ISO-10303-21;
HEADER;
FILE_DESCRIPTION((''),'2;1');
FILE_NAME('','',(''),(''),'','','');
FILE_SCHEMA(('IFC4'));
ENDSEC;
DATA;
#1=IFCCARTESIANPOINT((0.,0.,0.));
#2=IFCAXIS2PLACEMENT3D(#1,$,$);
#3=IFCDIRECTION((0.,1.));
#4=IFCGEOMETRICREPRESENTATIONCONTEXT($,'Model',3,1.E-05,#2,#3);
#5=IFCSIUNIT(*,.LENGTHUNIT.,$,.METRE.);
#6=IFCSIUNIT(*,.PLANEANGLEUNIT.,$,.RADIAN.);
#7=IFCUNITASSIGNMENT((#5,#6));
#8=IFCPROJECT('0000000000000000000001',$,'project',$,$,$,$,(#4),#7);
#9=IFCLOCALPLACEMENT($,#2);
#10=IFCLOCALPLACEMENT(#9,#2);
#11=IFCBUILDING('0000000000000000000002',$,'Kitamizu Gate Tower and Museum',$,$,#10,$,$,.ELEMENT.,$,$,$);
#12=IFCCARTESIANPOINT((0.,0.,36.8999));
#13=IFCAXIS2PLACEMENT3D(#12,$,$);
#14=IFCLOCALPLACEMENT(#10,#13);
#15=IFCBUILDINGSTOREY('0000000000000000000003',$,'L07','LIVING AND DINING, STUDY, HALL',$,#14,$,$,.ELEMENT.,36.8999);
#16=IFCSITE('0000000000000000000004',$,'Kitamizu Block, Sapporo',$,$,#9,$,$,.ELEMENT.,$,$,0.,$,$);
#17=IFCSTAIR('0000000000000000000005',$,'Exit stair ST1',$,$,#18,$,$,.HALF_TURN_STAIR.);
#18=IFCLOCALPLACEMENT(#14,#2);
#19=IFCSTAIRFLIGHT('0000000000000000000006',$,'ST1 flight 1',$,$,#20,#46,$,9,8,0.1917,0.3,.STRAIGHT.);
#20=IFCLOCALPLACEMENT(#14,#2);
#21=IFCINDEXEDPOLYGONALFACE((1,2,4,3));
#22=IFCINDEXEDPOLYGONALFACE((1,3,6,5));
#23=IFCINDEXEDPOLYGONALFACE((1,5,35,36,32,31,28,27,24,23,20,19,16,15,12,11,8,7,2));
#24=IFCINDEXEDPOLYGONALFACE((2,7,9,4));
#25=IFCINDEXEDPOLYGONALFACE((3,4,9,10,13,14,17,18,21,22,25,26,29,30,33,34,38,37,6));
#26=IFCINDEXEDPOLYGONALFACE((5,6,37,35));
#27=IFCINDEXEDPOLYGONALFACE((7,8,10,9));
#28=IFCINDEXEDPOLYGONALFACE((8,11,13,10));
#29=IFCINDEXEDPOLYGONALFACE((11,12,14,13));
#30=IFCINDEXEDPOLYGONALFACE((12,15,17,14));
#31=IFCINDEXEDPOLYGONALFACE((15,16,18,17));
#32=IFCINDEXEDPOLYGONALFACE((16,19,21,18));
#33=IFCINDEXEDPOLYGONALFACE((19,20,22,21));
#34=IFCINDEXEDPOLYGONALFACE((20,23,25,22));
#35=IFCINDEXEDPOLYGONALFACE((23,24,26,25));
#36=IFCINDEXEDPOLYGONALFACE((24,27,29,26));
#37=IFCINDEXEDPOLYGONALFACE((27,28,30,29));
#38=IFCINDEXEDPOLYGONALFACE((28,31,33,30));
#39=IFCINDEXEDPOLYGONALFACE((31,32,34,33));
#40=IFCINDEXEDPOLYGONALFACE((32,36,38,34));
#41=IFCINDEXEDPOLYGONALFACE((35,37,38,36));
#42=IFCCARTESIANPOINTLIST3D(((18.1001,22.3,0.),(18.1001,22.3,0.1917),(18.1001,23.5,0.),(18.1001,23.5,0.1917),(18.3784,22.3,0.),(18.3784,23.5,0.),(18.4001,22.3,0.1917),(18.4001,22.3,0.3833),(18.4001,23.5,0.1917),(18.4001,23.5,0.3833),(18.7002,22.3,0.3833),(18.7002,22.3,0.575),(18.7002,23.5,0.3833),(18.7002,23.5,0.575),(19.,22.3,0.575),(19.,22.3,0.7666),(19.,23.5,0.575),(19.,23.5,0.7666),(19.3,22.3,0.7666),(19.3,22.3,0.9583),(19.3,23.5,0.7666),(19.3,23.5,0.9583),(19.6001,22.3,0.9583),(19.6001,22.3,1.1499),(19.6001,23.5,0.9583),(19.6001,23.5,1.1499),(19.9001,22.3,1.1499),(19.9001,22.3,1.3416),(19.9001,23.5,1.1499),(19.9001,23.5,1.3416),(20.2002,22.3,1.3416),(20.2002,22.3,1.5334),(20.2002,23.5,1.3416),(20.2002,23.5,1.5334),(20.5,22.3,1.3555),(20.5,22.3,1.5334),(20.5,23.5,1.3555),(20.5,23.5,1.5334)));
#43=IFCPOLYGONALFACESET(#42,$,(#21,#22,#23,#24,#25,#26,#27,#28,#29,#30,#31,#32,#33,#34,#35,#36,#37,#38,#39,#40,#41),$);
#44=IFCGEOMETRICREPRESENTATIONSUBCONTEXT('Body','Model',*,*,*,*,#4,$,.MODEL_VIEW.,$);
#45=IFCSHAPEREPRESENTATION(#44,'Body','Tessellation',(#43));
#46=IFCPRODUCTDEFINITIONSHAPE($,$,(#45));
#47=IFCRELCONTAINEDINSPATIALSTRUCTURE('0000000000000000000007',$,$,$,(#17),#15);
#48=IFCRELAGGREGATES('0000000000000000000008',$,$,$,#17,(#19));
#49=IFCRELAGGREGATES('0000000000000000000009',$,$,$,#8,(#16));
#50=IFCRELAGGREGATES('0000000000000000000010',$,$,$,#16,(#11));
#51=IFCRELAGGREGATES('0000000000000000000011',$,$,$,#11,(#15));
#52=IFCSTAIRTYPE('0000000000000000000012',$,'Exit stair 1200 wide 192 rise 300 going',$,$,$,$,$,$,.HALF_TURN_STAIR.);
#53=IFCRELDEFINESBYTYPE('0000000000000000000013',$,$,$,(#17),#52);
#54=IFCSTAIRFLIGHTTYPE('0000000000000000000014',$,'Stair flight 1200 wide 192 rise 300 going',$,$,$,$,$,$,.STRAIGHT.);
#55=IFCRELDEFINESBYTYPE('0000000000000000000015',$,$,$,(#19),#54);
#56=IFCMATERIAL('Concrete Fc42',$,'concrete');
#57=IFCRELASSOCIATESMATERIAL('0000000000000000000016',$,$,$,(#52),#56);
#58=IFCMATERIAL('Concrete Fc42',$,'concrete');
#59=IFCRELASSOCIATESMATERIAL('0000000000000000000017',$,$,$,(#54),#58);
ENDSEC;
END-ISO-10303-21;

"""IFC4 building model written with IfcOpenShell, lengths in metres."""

from ifc_helpers import new_model, si_unit, direction, frame, origin, place, context, subcontext, project, spatial, polyline, outline, extrude, material, type_object, element, aggregate, save


model = new_model("IFC4")

# Units and contexts
model_context = context("Model", 3, precision=1e-05, world=origin(), true_north=direction((0.0, 1.0)))
body_context = subcontext(model_context, "Body", "Model", "MODEL_VIEW")
ifc_project = project(units=[si_unit("LENGTHUNIT", "METRE"), si_unit("PLANEANGLEUNIT", "RADIAN")], contexts=[model_context])

# Site, building, storey
site_placement = place(None, origin())
site = spatial("IfcSite", under=ifc_project, at=site_placement, Name="Kitamizu Block, Sapporo", CompositionType="ELEMENT", RefElevation=0.0)
building_placement = place(site_placement, origin())
building = spatial("IfcBuilding", under=site, at=building_placement, Name="Kitamizu Gate Tower and Museum", CompositionType="ELEMENT")
storey_placement = place(building_placement, frame((0.0, 0.0, 36.8999)))
storey = spatial("IfcBuildingStorey", under=building, at=storey_placement, Name="L07", Description="LIVING AND DINING, STUDY, HALL", CompositionType="ELEMENT", Elevation=36.8999)

# Stair, stair flight
ifc_material_1 = material(Name="Concrete Fc42", Category="concrete")
stair_type = type_object("IfcStairType", Name="Exit stair 1200 wide 192 rise 300 going", PredefinedType="HALF_TURN_STAIR", material=ifc_material_1)
stair_placement = place(storey_placement, origin())
stair = element("IfcStair", 1, at=stair_placement, inside=storey, type_object=stair_type, Name="Exit stair ST1", PredefinedType="HALF_TURN_STAIR")
ifc_material_2 = material(Name="Concrete Fc42", Category="concrete")
stair_flight_type = type_object("IfcStairFlightType", Name="Stair flight 1200 wide 192 rise 300 going", PredefinedType="STRAIGHT", material=ifc_material_2)
stair_flight_placement = place(storey_placement, frame((18.1001, 22.8999, 0.0), z_axis=(0.0, 0.0, 1.0), x_axis=(1.0, 0.0, 0.0)))
stair_flight = element("IfcStairFlight", 2, at=stair_flight_placement, type_object=stair_flight_type, Name="ST1 flight 1", NumberOfRisers=9, NumberOfTreads=8, PredefinedType="STRAIGHT", RiserHeight=0.1917, TreadLength=0.3, context=body_context, shape_type="SweptSolid", body=[
    extrude(outline(polyline([(0.0, 0.0), (0.0, 0.1917), (0.3, 0.1917), (0.3, 0.3833), (0.6001, 0.3833), (0.6001, 0.575), (0.8999, 0.575), (0.8999, 0.7666), (1.2, 0.7666), (1.2, 0.9583), (1.5, 0.9583), (1.5, 1.1499), (1.8, 1.1499), (1.8, 1.3416), (2.1001, 1.3416), (2.1001, 1.5334), (2.3999, 1.5334), (2.3999, 1.7251), (2.3999, 1.3555), (0.2783, 0.0), (0.0, 0.0)])), frame((0.0, 0.6001, 0.0), z_axis=(0.0, -1.0, 0.0), x_axis=(1.0, 0.0, 0.0)), (0.0, 0.0, 1.0), 1.2),
])
aggregate(stair, [stair_flight])

save(model, "model.ifc")
